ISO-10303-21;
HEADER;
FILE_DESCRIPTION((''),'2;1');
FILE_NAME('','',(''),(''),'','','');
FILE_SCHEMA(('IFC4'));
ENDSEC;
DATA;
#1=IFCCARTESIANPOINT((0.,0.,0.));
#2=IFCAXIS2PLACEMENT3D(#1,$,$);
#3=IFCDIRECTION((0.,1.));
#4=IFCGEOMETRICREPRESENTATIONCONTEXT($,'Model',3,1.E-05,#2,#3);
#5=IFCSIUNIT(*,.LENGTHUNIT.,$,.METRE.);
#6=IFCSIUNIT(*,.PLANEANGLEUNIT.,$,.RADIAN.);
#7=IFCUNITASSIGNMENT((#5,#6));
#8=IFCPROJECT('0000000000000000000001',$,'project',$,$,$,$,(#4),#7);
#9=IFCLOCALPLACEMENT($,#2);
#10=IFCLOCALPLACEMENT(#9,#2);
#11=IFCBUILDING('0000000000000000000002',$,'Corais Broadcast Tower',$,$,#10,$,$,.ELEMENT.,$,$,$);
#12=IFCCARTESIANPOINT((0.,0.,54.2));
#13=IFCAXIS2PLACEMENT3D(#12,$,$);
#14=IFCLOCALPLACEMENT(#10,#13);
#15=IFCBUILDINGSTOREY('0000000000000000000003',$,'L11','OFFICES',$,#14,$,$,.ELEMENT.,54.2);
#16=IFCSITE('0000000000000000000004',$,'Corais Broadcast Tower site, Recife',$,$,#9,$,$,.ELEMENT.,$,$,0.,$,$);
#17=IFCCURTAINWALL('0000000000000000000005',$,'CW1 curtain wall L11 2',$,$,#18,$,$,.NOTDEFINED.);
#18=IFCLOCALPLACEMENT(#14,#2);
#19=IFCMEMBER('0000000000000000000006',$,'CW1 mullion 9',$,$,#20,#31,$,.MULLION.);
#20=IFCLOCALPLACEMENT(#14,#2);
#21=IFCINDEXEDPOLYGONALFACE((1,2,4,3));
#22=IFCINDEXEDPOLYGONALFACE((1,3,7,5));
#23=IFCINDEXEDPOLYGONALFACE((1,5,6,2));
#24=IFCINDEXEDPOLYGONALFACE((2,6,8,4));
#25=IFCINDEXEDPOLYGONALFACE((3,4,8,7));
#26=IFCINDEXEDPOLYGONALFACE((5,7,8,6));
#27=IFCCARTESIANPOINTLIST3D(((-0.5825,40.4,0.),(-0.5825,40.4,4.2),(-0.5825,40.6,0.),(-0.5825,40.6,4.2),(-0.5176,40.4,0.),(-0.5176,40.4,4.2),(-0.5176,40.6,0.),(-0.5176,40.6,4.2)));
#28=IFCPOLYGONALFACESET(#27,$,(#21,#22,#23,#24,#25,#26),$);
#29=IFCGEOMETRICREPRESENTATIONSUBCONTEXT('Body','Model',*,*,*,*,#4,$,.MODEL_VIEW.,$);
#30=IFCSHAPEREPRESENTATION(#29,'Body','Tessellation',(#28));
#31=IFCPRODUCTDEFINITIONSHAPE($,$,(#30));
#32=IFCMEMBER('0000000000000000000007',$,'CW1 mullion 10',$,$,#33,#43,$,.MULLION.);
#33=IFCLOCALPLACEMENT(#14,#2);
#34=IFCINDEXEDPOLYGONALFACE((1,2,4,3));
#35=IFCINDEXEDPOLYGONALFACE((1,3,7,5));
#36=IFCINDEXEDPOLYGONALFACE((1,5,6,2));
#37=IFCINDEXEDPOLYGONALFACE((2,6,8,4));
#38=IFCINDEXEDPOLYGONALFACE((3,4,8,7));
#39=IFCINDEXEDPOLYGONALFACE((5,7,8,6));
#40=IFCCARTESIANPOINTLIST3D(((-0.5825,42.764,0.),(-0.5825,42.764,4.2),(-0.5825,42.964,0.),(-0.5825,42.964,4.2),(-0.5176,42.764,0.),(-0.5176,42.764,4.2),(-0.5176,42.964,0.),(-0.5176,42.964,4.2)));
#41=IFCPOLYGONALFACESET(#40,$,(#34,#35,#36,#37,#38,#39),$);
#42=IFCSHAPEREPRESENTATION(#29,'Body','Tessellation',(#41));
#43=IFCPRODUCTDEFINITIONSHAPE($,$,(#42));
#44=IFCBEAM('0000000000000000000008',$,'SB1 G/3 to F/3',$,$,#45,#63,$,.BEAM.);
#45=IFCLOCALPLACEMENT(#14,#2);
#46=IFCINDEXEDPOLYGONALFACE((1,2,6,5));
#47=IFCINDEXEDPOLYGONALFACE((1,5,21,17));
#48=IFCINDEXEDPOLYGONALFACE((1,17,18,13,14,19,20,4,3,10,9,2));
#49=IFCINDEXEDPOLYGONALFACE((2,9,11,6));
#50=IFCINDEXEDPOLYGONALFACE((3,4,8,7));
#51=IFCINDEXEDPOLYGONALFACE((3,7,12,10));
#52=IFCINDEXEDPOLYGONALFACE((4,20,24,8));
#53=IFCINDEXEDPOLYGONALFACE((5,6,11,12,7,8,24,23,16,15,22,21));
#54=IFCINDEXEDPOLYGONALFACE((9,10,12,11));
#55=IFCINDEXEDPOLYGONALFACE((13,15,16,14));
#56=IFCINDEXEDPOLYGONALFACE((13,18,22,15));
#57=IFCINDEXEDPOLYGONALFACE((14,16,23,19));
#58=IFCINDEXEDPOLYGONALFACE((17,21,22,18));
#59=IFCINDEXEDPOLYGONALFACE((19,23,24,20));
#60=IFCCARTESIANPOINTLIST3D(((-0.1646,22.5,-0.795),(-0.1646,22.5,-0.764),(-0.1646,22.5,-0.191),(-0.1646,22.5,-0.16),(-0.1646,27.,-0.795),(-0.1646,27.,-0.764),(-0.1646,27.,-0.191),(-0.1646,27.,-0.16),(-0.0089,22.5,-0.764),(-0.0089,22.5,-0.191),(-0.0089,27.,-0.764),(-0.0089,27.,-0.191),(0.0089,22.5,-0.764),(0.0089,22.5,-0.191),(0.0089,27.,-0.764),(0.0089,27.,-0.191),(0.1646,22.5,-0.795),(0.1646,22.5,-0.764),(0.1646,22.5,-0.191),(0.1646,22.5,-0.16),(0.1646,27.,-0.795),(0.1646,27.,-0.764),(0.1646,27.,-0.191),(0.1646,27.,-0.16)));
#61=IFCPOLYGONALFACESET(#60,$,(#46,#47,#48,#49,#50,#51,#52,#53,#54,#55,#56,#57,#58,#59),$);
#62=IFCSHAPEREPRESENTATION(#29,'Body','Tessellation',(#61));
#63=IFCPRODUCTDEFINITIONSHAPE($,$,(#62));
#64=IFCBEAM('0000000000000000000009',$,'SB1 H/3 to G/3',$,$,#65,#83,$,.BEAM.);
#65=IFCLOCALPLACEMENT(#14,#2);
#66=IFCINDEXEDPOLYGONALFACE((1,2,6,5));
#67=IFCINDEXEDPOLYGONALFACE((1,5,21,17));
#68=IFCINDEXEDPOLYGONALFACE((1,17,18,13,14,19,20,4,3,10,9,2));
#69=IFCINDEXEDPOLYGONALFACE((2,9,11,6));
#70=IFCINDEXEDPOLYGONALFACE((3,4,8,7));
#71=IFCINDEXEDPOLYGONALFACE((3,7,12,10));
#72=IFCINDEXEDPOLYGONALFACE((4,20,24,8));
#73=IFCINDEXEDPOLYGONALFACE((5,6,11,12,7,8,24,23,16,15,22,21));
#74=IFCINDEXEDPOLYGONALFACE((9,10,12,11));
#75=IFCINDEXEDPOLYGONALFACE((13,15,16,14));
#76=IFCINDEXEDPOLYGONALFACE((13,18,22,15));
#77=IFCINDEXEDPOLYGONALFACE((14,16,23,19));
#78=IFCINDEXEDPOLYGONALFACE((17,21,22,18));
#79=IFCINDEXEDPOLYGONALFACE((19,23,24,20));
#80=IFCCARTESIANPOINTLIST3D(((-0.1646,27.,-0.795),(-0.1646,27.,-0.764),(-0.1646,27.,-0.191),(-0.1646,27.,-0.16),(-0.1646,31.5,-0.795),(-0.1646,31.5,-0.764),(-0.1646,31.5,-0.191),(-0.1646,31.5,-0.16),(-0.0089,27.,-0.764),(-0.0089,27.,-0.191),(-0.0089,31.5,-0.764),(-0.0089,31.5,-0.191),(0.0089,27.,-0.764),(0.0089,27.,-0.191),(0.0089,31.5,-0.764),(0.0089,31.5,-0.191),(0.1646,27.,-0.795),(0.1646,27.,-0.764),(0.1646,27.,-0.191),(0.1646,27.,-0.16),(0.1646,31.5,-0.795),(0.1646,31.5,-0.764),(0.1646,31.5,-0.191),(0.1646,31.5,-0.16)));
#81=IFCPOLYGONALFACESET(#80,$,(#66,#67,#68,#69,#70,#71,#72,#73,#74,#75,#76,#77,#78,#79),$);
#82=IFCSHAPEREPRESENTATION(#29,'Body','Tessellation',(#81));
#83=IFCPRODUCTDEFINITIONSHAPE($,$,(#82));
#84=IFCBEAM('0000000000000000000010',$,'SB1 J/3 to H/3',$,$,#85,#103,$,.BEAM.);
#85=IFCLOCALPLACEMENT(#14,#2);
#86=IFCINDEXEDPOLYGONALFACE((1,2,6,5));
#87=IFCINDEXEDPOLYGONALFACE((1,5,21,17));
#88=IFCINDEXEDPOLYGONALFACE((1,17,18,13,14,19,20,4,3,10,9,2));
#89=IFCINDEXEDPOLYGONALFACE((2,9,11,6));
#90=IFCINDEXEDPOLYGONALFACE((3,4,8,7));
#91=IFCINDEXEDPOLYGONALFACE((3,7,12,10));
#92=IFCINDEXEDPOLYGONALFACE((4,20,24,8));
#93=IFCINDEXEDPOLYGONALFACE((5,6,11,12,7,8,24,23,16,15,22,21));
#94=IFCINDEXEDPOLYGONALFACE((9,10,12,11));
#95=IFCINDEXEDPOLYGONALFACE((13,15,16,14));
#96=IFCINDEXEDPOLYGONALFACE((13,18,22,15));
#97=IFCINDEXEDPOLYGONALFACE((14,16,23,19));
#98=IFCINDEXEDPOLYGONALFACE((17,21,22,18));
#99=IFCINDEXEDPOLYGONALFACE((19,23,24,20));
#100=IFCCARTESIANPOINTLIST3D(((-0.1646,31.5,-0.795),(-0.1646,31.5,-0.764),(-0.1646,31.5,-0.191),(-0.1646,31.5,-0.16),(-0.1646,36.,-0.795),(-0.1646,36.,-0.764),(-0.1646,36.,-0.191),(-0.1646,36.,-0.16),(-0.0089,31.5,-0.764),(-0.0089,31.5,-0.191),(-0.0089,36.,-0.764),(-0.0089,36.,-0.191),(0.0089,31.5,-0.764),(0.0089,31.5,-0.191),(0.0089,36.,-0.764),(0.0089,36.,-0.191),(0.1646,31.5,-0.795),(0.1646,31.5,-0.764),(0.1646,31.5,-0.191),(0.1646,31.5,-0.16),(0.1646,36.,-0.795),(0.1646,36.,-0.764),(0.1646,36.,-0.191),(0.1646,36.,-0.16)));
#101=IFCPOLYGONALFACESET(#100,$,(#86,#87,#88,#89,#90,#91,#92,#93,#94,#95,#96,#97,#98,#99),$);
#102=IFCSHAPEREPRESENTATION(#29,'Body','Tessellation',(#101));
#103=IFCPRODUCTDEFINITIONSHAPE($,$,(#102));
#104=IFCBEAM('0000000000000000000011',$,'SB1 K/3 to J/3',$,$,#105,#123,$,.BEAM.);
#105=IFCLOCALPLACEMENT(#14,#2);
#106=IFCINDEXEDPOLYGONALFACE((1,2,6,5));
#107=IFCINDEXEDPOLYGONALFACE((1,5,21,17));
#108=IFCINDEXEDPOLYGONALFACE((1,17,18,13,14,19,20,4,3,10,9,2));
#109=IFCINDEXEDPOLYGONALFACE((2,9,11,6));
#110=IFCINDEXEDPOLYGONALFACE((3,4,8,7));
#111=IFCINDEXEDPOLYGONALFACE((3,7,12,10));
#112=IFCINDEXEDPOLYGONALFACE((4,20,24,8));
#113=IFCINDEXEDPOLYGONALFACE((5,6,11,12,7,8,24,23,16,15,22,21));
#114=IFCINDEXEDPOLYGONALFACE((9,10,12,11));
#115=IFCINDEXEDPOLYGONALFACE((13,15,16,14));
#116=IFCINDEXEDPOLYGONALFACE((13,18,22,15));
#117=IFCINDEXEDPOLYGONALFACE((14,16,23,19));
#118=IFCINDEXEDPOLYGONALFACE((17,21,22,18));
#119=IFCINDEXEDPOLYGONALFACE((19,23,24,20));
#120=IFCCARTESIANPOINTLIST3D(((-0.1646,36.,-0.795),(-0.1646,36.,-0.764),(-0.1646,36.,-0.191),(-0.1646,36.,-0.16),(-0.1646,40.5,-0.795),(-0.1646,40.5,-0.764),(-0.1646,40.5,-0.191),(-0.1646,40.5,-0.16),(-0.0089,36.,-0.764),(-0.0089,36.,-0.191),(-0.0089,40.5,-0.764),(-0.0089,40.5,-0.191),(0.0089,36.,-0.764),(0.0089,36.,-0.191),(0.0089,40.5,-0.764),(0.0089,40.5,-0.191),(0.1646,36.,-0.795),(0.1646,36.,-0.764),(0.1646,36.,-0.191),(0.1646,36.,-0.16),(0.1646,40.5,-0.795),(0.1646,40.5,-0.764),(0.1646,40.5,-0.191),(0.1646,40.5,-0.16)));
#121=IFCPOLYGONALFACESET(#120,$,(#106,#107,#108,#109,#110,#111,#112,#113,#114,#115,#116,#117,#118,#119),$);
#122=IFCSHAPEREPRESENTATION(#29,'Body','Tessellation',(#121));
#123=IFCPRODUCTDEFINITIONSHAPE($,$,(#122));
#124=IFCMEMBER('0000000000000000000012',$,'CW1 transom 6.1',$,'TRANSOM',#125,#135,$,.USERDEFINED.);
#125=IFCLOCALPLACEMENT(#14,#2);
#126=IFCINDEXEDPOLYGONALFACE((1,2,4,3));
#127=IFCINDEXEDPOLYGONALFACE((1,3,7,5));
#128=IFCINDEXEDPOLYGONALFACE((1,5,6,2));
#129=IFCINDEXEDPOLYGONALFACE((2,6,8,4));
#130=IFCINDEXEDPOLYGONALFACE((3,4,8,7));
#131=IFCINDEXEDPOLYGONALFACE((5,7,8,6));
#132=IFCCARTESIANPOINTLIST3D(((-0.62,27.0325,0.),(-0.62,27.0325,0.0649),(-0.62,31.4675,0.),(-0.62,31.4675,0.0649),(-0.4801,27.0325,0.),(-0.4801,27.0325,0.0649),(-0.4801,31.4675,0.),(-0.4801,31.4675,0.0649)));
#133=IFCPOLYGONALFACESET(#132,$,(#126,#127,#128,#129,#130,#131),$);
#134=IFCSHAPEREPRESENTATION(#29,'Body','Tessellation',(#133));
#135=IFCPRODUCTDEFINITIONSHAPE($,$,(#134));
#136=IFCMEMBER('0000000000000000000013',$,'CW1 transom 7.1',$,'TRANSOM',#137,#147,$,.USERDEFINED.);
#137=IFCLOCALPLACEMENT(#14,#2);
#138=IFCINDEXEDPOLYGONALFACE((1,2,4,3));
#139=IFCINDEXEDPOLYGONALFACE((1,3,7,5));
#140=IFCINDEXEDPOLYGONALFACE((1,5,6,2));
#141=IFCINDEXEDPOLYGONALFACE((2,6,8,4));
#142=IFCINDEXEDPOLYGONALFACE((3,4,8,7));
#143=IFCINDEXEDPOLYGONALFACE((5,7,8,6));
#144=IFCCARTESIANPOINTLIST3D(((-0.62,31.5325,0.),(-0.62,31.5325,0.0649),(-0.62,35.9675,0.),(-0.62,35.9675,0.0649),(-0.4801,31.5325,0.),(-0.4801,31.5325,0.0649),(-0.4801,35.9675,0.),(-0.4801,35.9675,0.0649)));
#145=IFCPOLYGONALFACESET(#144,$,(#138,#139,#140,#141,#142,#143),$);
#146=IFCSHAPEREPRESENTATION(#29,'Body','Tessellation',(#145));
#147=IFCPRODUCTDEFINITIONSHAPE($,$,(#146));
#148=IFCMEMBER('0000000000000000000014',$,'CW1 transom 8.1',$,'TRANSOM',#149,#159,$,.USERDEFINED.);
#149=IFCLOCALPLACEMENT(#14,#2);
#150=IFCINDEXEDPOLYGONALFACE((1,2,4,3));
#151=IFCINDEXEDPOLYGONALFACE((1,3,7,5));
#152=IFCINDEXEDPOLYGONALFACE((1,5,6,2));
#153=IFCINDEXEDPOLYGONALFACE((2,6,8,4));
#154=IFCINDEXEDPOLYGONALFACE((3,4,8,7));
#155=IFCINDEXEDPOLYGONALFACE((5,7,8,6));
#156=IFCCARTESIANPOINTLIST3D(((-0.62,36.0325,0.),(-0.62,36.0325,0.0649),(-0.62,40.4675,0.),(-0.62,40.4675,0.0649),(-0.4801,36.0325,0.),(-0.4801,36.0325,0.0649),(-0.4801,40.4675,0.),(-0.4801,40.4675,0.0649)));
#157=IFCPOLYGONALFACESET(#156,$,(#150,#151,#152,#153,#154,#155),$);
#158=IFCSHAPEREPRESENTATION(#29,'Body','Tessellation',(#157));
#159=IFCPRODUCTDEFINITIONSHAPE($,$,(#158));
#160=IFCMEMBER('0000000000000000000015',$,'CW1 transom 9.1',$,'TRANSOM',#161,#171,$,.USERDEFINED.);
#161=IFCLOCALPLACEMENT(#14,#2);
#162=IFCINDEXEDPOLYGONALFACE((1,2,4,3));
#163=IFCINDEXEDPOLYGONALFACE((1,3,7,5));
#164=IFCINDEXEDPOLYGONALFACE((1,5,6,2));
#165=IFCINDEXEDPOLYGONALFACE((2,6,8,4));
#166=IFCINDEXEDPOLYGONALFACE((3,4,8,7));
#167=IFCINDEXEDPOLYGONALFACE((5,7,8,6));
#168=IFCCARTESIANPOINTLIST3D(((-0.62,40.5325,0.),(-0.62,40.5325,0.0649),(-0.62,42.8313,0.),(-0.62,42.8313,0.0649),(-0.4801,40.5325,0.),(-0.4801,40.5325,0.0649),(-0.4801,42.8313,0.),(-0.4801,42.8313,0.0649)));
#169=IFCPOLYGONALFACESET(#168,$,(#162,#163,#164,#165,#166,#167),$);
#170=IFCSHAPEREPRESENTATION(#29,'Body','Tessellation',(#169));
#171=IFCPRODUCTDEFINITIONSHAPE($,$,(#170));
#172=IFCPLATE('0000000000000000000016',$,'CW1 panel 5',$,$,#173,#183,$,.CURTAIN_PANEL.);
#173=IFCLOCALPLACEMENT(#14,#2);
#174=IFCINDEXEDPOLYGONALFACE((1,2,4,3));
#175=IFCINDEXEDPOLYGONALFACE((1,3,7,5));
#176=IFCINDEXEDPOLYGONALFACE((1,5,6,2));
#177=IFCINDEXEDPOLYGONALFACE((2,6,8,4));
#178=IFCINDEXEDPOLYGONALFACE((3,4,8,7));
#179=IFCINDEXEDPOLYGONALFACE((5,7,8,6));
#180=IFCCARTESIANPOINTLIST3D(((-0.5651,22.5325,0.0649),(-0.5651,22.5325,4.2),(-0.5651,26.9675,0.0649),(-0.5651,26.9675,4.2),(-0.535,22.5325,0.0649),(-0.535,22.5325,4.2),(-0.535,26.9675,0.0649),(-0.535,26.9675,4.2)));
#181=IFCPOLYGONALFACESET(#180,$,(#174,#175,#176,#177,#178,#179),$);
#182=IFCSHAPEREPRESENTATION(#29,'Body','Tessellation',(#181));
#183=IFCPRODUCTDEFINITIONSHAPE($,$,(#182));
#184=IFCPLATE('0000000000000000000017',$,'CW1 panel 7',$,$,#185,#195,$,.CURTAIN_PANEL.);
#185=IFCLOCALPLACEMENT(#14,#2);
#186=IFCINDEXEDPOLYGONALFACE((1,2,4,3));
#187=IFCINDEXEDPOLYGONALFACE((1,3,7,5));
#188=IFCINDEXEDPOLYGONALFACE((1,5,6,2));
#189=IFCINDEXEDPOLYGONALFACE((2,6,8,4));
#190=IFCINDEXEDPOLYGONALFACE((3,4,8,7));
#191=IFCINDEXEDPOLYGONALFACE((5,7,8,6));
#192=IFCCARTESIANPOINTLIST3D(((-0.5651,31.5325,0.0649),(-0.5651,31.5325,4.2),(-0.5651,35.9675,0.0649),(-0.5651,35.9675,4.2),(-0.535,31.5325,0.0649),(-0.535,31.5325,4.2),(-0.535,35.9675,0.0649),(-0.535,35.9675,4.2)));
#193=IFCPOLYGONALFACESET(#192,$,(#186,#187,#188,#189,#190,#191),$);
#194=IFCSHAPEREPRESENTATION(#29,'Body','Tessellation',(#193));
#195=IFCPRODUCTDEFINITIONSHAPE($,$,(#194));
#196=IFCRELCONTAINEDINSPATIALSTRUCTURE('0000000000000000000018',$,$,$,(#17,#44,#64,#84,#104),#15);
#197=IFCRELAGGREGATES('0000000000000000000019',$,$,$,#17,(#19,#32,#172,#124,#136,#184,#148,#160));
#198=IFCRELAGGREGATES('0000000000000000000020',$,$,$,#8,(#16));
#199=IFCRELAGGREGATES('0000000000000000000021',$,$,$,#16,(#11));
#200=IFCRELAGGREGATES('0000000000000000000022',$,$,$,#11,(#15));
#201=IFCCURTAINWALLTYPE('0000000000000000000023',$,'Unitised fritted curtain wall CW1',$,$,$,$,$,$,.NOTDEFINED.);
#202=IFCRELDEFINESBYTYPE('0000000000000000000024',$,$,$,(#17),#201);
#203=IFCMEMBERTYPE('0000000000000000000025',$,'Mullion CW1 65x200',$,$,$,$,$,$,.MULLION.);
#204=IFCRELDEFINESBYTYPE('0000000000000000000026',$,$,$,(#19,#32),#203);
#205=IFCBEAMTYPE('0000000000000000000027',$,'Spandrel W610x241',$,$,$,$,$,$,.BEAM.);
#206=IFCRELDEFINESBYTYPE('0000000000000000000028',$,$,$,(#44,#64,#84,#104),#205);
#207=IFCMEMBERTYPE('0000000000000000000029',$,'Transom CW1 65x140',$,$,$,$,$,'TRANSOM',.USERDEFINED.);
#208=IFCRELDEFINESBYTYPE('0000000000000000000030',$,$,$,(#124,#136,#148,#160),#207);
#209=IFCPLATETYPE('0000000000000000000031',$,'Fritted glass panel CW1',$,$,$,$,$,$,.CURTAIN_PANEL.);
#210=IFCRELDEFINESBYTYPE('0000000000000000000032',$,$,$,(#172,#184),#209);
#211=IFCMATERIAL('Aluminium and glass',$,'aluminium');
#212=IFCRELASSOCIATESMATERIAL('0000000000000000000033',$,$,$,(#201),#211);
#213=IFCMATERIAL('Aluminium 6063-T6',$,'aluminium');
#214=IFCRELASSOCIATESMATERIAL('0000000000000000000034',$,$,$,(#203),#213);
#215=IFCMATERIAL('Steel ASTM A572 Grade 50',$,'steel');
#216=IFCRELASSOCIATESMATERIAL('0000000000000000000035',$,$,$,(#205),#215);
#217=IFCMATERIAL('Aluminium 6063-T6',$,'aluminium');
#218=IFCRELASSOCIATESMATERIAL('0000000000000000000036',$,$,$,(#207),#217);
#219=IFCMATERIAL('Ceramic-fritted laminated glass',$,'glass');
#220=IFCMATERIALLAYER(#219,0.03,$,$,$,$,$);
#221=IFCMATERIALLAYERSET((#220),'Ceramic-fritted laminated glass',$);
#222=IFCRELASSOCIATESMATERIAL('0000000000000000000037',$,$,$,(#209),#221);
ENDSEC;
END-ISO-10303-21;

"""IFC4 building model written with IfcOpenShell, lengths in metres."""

from ifc_helpers import new_model, si_unit, direction, frame, origin, origin_2d, place, context, subcontext, project, spatial, rectangle, i_section, extrude, material, layer, layer_set, material_profile, profile_set, type_object, element, aggregate, save


model = new_model("IFC4")

# Units and contexts
model_context = context("Model", 3, precision=1e-05, world=origin(), true_north=direction((0.0, 1.0)))
body_context = subcontext(model_context, "Body", "Model", "MODEL_VIEW")
ifc_project = project(units=[si_unit("LENGTHUNIT", "METRE"), si_unit("PLANEANGLEUNIT", "RADIAN")], contexts=[model_context])

# Site, building, storey
site_placement = place(None, origin())
site = spatial("IfcSite", under=ifc_project, at=site_placement, Name="Corais Broadcast Tower site, Recife", CompositionType="ELEMENT", RefElevation=0.0)
building_placement = place(site_placement, origin())
building = spatial("IfcBuilding", under=site, at=building_placement, Name="Corais Broadcast Tower", CompositionType="ELEMENT")
storey_placement = place(building_placement, frame((0.0, 0.0, 54.2)))
storey = spatial("IfcBuildingStorey", under=building, at=storey_placement, Name="L11", Description="OFFICES", CompositionType="ELEMENT", Elevation=54.2)

# Curtain wall, members
ifc_material_1 = material(Name="Aluminium and glass", Category="aluminium")
curtain_wall_type = type_object("IfcCurtainWallType", Name="Unitised fritted curtain wall CW1", PredefinedType="NOTDEFINED", material=ifc_material_1)
curtain_wall_placement = place(storey_placement, origin())
curtain_wall = element("IfcCurtainWall", 1, at=curtain_wall_placement, inside=storey, type_object=curtain_wall_type, Name="CW1 curtain wall L11 2", PredefinedType="NOTDEFINED")
ifc_material_2 = material(Name="Aluminium 6063-T6", Category="aluminium")
ifc_material_profile_1 = material_profile(ifc_material_2, rectangle(XDim=0.0649, YDim=0.2, at=origin_2d()), Name="Mullion CW1 65x200")
ifc_profile_set_1 = profile_set([ifc_material_profile_1], Name="Aluminium 6063-T6")
member_type_1 = type_object("IfcMemberType", Name="Mullion CW1 65x200", PredefinedType="MULLION", material=ifc_profile_set_1)
member_1_placement = place(storey_placement, frame((-0.55, 40.5, 0.0), z_axis=(0.0, 0.0, 1.0), x_axis=(-1.0, 0.0, 0.0)))
member_1 = element("IfcMember", 2, at=member_1_placement, type_object=member_type_1, Name="CW1 mullion 9", PredefinedType="MULLION", context=body_context, shape_type="SweptSolid", body=[
    extrude(rectangle(XDim=0.0649, YDim=0.2, at=origin_2d()), origin(), (0.0, 0.0, 1.0), 4.2),
])
member_2_placement = place(storey_placement, frame((-0.55, 42.864, 0.0), z_axis=(0.0, 0.0, 1.0), x_axis=(-1.0, 0.0, 0.0)))
member_2 = element("IfcMember", 3, at=member_2_placement, type_object=member_type_1, Name="CW1 mullion 10", PredefinedType="MULLION", context=body_context, shape_type="SweptSolid", body=[
    extrude(rectangle(XDim=0.0649, YDim=0.2, at=origin_2d()), origin(), (0.0, 0.0, 1.0), 4.2),
])

# Beams
ifc_material_3 = material(Name="Steel ASTM A572 Grade 50", Category="steel")
ifc_material_profile_2 = material_profile(ifc_material_3, i_section(OverallWidth=0.3291, OverallDepth=0.635, WebThickness=0.0178, FlangeThickness=0.031, at=origin_2d()), Name="W610x241")
ifc_profile_set_2 = profile_set([ifc_material_profile_2], Name="Steel ASTM A572 Grade 50")
beam_type_1 = type_object("IfcBeamType", Name="Spandrel W610x241", PredefinedType="BEAM", material=ifc_profile_set_2)
for number, where, z_axis, x_axis, name in (
    (4, (0.0, 27.0, -0.4775), (0.0, -1.0, 0.0), (1.0, 0.0, 0.0), "SB1 G/3 to F/3"),
    (5, (0.0, 31.5, -0.4775), (0.0, -1.0, 0.0), (1.0, 0.0, 0.0), "SB1 H/3 to G/3"),
    (6, (0.0, 36.0, -0.4775), (0.0, -1.0, 0.0), (1.0, 0.0, 0.0), "SB1 J/3 to H/3"),
    (7, (0.0, 40.5, -0.4775), (0.0, -1.0, 0.0), (1.0, 0.0, 0.0), "SB1 K/3 to J/3"),
):
    element("IfcBeam", number, at=place(storey_placement, frame(where, z_axis=z_axis, x_axis=x_axis)), inside=storey, type_object=beam_type_1, Name=name, PredefinedType="BEAM", context=body_context, shape_type="SweptSolid", body=[
        extrude(i_section(OverallWidth=0.3291, OverallDepth=0.635, WebThickness=0.0178, FlangeThickness=0.031, at=origin_2d()), origin(), (0.0, 0.0, 1.0), 4.5),
    ])

# Members
ifc_material_4 = material(Name="Aluminium 6063-T6", Category="aluminium")
ifc_material_profile_3 = material_profile(ifc_material_4, rectangle(XDim=0.1399, YDim=0.0649, at=origin_2d()), Name="Transom CW1 65x140")
ifc_profile_set_3 = profile_set([ifc_material_profile_3], Name="Aluminium 6063-T6")
member_type_2 = type_object("IfcMemberType", Name="Transom CW1 65x140", ElementType="TRANSOM", PredefinedType="USERDEFINED", material=ifc_profile_set_3)
member_3_placement = place(storey_placement, frame((-0.55, 27.0325, 0.0325), z_axis=(0.0, 1.0, 0.0), x_axis=(-1.0, 0.0, 0.0)))
member_3 = element("IfcMember", 8, at=member_3_placement, type_object=member_type_2, Name="CW1 transom 6.1", ObjectType="TRANSOM", PredefinedType="USERDEFINED", context=body_context, shape_type="SweptSolid", body=[
    extrude(rectangle(XDim=0.1399, YDim=0.0649, at=origin_2d()), origin(), (0.0, 0.0, 1.0), 4.4351),
])
member_4_placement = place(storey_placement, frame((-0.55, 31.5325, 0.0325), z_axis=(0.0, 1.0, 0.0), x_axis=(-1.0, 0.0, 0.0)))
member_4 = element("IfcMember", 9, at=member_4_placement, type_object=member_type_2, Name="CW1 transom 7.1", ObjectType="TRANSOM", PredefinedType="USERDEFINED", context=body_context, shape_type="SweptSolid", body=[
    extrude(rectangle(XDim=0.1399, YDim=0.0649, at=origin_2d()), origin(), (0.0, 0.0, 1.0), 4.4351),
])
member_5_placement = place(storey_placement, frame((-0.55, 36.0325, 0.0325), z_axis=(0.0, 1.0, 0.0), x_axis=(-1.0, 0.0, 0.0)))
member_5 = element("IfcMember", 10, at=member_5_placement, type_object=member_type_2, Name="CW1 transom 8.1", ObjectType="TRANSOM", PredefinedType="USERDEFINED", context=body_context, shape_type="SweptSolid", body=[
    extrude(rectangle(XDim=0.1399, YDim=0.0649, at=origin_2d()), origin(), (0.0, 0.0, 1.0), 4.4351),
])
member_6_placement = place(storey_placement, frame((-0.55, 40.5325, 0.0325), z_axis=(0.0, 1.0, 0.0), x_axis=(-1.0, 0.0, 0.0)))
member_6 = element("IfcMember", 11, at=member_6_placement, type_object=member_type_2, Name="CW1 transom 9.1", ObjectType="TRANSOM", PredefinedType="USERDEFINED", context=body_context, shape_type="SweptSolid", body=[
    extrude(rectangle(XDim=0.1399, YDim=0.0649, at=origin_2d()), origin(), (0.0, 0.0, 1.0), 2.2988),
])

# Plates
ifc_material_5 = material(Name="Ceramic-fritted laminated glass", Category="glass")
ifc_layer_1 = layer(ifc_material_5, 0.03)
ifc_layer_set_1 = layer_set([ifc_layer_1], Name="Ceramic-fritted laminated glass")
plate_type_1 = type_object("IfcPlateType", Name="Fritted glass panel CW1", PredefinedType="CURTAIN_PANEL", material=ifc_layer_set_1)
plate_1_placement = place(storey_placement, frame((-0.55, 24.75, 0.0649), z_axis=(0.0, 0.0, 1.0), x_axis=(0.0, 1.0, 0.0)))
plate_1 = element("IfcPlate", 12, at=plate_1_placement, type_object=plate_type_1, Name="CW1 panel 5", PredefinedType="CURTAIN_PANEL", context=body_context, shape_type="SweptSolid", body=[
    extrude(rectangle(XDim=4.4351, YDim=0.03, at=origin_2d()), origin(), (0.0, 0.0, 1.0), 4.135),
])
plate_2_placement = place(storey_placement, frame((-0.55, 33.75, 0.0649), z_axis=(0.0, 0.0, 1.0), x_axis=(0.0, 1.0, 0.0)))
plate_2 = element("IfcPlate", 13, at=plate_2_placement, type_object=plate_type_1, Name="CW1 panel 7", PredefinedType="CURTAIN_PANEL", context=body_context, shape_type="SweptSolid", body=[
    extrude(rectangle(XDim=4.4351, YDim=0.03, at=origin_2d()), origin(), (0.0, 0.0, 1.0), 4.135),
])
aggregate(curtain_wall, [member_1, member_2, plate_1, member_3, member_4, plate_2, member_5, member_6])

save(model, "model.ifc")
